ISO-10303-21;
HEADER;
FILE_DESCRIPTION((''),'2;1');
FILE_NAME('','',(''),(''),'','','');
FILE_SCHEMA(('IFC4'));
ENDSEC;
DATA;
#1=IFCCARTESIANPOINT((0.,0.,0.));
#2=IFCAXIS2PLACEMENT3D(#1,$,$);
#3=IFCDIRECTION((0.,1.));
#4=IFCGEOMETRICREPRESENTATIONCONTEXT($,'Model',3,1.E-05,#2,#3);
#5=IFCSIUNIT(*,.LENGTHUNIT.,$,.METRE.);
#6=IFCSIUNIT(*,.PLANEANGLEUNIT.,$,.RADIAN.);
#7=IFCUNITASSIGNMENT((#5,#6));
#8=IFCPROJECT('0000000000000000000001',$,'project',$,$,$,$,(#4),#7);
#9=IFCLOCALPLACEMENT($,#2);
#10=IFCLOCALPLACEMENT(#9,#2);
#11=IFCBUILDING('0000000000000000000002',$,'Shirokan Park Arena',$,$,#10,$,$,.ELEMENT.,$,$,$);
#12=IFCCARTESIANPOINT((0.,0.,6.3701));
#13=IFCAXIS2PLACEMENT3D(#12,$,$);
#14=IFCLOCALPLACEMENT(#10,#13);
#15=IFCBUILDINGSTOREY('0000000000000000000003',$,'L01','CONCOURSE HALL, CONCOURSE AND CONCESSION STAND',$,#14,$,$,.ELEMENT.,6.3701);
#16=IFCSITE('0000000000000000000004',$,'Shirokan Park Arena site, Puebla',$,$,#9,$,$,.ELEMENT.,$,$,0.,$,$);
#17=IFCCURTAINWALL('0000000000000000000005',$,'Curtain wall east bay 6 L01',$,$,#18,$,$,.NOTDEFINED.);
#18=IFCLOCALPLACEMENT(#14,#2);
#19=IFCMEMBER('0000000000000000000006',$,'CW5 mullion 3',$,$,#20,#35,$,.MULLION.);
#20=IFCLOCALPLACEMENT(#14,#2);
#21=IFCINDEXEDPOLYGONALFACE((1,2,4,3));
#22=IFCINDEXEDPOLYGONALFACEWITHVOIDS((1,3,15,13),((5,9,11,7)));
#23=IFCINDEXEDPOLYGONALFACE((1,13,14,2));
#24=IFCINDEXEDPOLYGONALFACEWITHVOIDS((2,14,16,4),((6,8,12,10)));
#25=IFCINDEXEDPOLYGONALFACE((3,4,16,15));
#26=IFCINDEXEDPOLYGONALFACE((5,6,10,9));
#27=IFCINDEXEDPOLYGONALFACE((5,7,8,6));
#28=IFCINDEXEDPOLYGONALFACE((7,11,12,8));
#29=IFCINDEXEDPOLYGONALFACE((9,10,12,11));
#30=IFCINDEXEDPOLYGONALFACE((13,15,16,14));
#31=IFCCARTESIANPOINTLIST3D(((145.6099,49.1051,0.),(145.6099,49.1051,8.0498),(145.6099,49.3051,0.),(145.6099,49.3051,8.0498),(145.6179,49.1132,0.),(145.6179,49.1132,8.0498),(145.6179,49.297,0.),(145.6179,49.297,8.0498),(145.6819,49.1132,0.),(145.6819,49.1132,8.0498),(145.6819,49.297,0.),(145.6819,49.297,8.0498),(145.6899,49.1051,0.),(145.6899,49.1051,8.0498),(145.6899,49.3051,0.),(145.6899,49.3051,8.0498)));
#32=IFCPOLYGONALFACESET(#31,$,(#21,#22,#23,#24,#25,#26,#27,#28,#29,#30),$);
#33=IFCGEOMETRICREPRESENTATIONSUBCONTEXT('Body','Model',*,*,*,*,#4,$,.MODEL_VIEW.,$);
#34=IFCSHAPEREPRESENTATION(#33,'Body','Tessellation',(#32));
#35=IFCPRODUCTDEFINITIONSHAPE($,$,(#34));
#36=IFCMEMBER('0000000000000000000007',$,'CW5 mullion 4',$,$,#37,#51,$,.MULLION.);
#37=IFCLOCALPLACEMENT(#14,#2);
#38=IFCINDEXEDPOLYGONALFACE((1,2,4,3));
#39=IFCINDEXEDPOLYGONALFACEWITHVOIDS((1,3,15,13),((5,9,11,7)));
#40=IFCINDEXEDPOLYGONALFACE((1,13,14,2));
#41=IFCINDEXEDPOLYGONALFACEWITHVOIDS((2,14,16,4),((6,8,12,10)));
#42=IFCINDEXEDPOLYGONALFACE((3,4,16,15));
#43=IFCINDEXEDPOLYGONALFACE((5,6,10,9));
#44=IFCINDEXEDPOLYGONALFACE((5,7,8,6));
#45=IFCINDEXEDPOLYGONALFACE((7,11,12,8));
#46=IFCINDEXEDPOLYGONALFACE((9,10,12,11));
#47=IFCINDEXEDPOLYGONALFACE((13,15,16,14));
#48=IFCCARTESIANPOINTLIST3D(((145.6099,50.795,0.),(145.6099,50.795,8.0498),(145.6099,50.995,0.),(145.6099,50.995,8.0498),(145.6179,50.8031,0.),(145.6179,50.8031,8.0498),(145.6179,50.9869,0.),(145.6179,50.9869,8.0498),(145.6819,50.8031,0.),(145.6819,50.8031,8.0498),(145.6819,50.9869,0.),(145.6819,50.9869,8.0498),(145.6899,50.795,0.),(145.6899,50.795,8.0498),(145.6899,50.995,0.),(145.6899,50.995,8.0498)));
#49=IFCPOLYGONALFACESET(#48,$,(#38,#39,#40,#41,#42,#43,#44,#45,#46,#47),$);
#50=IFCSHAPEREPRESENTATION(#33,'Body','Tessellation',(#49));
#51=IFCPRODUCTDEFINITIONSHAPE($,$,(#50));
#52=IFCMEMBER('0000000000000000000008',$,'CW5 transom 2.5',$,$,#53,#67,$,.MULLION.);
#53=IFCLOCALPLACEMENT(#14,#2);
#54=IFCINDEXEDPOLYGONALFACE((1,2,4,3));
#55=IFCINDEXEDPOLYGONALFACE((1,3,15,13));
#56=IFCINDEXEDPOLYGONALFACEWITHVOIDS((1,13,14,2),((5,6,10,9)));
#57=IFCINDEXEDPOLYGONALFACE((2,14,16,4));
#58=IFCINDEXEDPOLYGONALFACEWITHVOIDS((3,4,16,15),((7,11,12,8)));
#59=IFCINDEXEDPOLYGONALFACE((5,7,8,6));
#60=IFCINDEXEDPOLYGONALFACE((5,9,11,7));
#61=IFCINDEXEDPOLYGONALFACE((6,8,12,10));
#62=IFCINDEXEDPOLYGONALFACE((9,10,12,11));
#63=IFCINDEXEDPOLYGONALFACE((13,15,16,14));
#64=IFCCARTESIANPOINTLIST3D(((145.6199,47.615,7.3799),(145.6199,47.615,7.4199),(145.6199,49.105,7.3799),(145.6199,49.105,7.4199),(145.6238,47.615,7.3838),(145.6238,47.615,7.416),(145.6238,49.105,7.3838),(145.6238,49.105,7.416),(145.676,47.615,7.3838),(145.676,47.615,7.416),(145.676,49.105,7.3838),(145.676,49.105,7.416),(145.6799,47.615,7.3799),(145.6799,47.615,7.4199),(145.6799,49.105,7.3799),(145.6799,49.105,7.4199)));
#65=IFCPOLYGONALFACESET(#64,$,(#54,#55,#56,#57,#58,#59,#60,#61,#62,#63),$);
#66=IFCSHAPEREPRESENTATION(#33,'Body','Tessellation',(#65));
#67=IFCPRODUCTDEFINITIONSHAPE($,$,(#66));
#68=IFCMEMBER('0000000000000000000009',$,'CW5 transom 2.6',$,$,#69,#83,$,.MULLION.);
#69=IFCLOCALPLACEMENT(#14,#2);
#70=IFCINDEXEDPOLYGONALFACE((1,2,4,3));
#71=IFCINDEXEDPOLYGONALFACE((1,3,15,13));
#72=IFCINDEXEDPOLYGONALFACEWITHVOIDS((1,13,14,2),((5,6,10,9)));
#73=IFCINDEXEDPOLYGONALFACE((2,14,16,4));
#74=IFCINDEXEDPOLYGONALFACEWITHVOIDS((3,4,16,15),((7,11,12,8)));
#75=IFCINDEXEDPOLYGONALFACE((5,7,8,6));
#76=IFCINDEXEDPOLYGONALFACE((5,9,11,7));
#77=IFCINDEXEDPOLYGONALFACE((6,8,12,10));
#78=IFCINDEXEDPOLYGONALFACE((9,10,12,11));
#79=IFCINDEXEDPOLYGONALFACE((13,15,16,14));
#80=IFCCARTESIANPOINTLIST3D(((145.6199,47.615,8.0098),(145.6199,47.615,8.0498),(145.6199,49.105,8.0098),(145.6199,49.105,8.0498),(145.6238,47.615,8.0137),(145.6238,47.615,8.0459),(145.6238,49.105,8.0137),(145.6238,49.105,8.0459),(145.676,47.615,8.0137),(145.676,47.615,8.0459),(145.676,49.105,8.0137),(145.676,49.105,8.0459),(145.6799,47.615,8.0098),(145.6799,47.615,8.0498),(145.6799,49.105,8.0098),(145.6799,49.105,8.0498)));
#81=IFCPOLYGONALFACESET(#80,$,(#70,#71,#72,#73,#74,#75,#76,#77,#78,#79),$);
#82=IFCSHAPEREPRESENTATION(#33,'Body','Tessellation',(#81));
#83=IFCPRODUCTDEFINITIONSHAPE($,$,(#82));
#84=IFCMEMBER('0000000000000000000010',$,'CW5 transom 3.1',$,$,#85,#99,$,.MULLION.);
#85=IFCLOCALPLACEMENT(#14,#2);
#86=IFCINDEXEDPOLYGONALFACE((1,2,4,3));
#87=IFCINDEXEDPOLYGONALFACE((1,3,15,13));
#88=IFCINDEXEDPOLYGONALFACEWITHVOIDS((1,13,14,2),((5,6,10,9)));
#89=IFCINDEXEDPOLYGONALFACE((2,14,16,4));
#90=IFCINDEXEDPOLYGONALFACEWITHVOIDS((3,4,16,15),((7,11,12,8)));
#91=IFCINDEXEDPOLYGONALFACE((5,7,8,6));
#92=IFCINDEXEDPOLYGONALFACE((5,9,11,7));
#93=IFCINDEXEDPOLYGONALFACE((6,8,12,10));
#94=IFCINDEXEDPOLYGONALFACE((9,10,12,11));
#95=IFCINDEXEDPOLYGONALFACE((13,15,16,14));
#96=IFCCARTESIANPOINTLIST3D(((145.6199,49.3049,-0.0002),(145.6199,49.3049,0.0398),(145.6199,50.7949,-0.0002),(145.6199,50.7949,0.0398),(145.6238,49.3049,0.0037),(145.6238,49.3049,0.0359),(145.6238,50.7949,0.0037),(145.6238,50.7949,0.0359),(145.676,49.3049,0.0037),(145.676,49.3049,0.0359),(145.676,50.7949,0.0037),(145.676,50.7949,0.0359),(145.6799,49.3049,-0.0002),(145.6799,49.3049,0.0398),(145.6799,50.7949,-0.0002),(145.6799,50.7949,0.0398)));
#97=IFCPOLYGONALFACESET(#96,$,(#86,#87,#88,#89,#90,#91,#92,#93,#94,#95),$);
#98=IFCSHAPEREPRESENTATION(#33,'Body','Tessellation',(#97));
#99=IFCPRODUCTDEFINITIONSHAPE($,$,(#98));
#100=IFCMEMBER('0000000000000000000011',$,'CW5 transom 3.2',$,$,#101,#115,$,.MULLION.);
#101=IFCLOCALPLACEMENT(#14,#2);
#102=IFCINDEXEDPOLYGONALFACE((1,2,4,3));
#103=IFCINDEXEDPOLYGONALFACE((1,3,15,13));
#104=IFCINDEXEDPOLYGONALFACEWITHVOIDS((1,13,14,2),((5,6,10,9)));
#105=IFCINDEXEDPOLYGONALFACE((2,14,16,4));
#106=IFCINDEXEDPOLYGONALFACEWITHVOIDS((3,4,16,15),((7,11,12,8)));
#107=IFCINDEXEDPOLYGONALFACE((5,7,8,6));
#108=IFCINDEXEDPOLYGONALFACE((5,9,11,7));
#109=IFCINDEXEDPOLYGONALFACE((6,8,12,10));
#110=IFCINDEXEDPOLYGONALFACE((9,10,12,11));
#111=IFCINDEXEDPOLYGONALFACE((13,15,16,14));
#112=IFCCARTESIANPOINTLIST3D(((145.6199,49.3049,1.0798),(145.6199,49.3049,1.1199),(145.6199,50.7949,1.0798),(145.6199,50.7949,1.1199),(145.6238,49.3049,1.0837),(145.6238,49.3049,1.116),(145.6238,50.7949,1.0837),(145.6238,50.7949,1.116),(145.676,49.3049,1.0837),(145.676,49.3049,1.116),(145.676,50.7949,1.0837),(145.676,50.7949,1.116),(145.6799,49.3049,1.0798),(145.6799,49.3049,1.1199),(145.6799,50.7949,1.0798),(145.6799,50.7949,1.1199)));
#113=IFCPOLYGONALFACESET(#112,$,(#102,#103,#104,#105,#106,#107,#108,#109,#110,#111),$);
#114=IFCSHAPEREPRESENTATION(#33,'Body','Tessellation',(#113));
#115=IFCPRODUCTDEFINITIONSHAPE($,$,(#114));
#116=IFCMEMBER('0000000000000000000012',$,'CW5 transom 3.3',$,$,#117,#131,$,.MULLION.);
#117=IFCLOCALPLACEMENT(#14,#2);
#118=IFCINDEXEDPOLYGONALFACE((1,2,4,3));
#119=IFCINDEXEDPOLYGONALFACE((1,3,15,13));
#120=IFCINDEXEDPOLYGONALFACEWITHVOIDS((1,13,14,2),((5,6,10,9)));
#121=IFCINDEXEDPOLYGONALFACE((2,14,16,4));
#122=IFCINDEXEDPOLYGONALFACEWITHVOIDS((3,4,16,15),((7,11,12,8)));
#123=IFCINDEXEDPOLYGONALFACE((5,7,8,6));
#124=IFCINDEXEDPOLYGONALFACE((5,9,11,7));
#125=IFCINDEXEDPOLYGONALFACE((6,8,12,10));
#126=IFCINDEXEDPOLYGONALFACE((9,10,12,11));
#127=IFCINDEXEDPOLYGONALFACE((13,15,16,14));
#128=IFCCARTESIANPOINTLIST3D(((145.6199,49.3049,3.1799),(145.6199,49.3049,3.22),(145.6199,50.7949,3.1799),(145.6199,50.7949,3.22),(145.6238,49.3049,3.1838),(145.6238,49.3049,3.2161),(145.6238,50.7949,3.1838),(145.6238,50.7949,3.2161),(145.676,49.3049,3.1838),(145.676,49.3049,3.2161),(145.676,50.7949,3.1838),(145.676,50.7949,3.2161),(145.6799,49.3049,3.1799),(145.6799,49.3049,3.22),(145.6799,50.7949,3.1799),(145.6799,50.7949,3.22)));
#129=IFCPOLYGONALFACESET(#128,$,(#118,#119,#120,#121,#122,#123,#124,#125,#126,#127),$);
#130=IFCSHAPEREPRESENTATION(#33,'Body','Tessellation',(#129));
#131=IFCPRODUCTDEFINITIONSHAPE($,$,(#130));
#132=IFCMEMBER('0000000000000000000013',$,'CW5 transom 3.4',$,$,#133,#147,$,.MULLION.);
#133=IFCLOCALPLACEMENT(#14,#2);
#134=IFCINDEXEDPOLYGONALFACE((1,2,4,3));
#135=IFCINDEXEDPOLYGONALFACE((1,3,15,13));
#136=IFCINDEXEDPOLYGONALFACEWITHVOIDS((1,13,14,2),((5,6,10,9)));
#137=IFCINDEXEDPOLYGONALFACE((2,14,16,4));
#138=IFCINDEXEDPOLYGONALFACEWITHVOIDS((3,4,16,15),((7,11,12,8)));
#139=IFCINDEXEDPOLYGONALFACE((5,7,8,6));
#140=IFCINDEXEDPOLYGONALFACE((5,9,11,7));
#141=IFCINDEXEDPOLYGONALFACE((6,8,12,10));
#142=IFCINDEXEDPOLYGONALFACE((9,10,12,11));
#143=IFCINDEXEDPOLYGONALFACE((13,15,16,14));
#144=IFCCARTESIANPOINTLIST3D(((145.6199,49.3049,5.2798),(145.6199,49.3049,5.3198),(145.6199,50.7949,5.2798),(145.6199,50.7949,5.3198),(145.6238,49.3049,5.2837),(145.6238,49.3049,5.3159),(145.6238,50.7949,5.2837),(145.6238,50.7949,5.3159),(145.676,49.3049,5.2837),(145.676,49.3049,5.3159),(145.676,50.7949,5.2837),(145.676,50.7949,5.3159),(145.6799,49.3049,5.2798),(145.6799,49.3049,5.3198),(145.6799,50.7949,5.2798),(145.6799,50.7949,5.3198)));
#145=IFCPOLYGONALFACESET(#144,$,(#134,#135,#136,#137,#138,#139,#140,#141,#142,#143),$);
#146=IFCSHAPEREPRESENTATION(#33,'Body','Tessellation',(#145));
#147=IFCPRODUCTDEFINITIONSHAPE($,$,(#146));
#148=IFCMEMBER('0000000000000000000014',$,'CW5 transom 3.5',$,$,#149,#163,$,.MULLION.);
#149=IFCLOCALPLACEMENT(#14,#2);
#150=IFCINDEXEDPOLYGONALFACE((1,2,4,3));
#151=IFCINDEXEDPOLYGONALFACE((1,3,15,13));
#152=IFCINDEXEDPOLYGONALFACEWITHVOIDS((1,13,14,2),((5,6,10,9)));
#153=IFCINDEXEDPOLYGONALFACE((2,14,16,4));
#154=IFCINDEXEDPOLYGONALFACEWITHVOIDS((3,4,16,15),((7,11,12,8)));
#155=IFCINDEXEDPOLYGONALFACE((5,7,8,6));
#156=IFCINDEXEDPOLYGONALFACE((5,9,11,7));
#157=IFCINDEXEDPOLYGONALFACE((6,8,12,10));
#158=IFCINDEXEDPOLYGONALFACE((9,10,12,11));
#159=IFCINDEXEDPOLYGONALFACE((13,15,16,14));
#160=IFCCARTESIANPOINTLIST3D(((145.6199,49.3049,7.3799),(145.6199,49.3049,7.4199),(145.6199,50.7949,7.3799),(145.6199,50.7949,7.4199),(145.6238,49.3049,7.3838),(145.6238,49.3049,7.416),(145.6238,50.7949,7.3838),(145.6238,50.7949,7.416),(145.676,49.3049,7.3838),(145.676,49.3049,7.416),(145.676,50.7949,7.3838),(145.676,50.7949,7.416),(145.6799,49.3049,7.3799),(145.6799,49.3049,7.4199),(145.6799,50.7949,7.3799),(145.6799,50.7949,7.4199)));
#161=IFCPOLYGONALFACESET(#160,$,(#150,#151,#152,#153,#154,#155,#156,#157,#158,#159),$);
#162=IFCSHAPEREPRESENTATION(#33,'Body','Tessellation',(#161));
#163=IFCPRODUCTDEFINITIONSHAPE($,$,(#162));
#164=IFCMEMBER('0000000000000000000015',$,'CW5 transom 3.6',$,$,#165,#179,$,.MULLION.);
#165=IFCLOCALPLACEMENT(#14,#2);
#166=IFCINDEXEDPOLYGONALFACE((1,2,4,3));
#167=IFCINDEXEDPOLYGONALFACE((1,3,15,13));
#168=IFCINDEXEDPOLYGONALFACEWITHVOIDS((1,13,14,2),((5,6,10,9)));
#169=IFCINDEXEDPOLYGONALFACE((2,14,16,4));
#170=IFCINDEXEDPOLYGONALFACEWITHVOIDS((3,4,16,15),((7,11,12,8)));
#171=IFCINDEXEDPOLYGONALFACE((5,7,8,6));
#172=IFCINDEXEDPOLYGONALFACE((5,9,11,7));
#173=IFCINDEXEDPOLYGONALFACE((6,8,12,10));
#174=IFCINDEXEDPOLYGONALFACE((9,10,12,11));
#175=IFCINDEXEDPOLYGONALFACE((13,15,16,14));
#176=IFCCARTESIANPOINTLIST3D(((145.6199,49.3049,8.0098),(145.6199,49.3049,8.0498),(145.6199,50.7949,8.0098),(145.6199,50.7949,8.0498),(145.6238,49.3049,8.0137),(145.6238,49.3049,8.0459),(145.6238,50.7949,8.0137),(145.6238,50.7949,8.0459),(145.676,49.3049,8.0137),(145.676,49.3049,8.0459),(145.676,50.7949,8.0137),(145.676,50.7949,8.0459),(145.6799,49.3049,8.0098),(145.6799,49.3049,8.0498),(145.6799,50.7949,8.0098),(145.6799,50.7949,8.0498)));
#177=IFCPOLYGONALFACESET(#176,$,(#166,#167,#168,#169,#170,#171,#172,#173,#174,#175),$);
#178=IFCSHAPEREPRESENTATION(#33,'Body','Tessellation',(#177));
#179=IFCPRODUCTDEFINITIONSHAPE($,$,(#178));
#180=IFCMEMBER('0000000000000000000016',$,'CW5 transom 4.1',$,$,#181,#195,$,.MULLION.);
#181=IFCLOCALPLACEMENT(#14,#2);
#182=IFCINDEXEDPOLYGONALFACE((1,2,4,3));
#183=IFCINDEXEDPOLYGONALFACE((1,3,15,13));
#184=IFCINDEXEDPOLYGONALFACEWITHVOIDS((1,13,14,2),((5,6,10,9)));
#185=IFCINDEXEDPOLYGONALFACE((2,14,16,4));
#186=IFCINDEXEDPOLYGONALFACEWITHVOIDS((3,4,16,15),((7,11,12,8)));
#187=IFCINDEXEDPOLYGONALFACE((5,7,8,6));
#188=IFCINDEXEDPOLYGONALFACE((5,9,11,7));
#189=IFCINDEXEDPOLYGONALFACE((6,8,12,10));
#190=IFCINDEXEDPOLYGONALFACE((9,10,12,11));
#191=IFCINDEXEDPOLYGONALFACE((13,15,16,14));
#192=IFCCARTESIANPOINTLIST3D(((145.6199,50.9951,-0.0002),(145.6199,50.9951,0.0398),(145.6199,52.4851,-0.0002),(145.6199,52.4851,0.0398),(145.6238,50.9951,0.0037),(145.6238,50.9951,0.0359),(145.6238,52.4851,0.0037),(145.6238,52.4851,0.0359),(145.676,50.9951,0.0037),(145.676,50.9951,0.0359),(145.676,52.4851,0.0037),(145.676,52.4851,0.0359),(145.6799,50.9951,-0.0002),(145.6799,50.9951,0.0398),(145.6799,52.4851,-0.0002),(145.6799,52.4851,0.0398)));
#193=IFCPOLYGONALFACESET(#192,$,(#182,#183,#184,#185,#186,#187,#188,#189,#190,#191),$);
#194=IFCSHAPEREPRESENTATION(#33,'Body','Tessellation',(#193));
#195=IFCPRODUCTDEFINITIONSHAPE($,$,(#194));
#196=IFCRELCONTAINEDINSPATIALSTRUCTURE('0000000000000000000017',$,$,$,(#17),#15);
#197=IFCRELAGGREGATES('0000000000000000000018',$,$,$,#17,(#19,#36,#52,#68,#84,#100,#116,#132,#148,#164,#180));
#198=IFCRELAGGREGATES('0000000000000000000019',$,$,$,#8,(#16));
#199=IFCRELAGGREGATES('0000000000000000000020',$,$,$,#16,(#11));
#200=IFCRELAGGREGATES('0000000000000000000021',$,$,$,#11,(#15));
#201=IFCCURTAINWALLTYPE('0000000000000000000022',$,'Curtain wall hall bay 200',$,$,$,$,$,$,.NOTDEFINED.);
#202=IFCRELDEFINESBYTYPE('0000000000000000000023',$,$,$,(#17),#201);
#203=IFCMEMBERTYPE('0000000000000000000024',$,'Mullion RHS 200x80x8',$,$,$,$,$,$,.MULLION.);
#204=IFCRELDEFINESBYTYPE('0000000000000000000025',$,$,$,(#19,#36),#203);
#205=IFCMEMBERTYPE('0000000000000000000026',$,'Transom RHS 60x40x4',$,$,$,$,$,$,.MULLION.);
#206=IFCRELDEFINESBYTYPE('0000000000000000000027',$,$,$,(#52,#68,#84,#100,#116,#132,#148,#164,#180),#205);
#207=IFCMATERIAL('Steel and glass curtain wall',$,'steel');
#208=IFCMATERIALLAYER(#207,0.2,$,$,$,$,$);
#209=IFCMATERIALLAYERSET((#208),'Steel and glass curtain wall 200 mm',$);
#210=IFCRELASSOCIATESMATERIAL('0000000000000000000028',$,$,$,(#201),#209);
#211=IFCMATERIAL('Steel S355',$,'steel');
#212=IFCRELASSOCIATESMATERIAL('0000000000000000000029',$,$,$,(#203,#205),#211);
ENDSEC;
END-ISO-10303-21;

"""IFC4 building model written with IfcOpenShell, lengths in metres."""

from ifc_helpers import new_model, si_unit, direction, frame, origin, origin_2d, place, context, subcontext, project, spatial, hollow_rectangle, extrude, material, layer, layer_set, material_profile, profile_set, type_object, element, aggregate, save


model = new_model("IFC4")

# Units and contexts
model_context = context("Model", 3, precision=1e-05, world=origin(), true_north=direction((0.0, 1.0)))
body_context = subcontext(model_context, "Body", "Model", "MODEL_VIEW")
ifc_project = project(units=[si_unit("LENGTHUNIT", "METRE"), si_unit("PLANEANGLEUNIT", "RADIAN")], contexts=[model_context])

# Site, building, storey
site_placement = place(None, origin())
site = spatial("IfcSite", under=ifc_project, at=site_placement, Name="Shirokan Park Arena site, Puebla", CompositionType="ELEMENT", RefElevation=0.0)
building_placement = place(site_placement, origin())
building = spatial("IfcBuilding", under=site, at=building_placement, Name="Shirokan Park Arena", CompositionType="ELEMENT")
storey_placement = place(building_placement, frame((0.0, 0.0, 6.3701)))
storey = spatial("IfcBuildingStorey", under=building, at=storey_placement, Name="L01", Description="CONCOURSE HALL, CONCOURSE AND CONCESSION STAND", CompositionType="ELEMENT", Elevation=6.3701)

# Curtain wall, members
ifc_material_1 = material(Name="Steel and glass curtain wall", Category="steel")
ifc_layer_1 = layer(ifc_material_1, 0.2)
ifc_layer_set_1 = layer_set([ifc_layer_1], Name="Steel and glass curtain wall 200 mm")
curtain_wall_type = type_object("IfcCurtainWallType", Name="Curtain wall hall bay 200", PredefinedType="NOTDEFINED", material=ifc_layer_set_1)
curtain_wall_placement = place(storey_placement, origin())
curtain_wall = element("IfcCurtainWall", 1, at=curtain_wall_placement, inside=storey, type_object=curtain_wall_type, Name="Curtain wall east bay 6 L01", PredefinedType="NOTDEFINED")
ifc_material_2 = material(Name="Steel S355", Category="steel")
ifc_material_profile_1 = material_profile(ifc_material_2, hollow_rectangle(XDim=0.0801, YDim=0.2, WallThickness=0.0081, at=origin_2d()), Name="RHS 200x80x8")
ifc_profile_set_1 = profile_set([ifc_material_profile_1], Name="Steel S355")
member_type_1 = type_object("IfcMemberType", Name="Mullion RHS 200x80x8", PredefinedType="MULLION", material=ifc_profile_set_1)
member_1_placement = place(storey_placement, frame((145.6499, 49.2051, 0.0), z_axis=(0.0, 0.0, 1.0), x_axis=(-1.0, 0.0, 0.0)))
member_1 = element("IfcMember", 2, at=member_1_placement, type_object=member_type_1, Name="CW5 mullion 3", PredefinedType="MULLION", context=body_context, shape_type="SweptSolid", body=[
    extrude(hollow_rectangle(XDim=0.0801, YDim=0.2, WallThickness=0.0081, at=origin_2d()), origin(), (0.0, 0.0, 1.0), 8.0498),
])
member_2_placement = place(storey_placement, frame((145.6499, 50.895, 0.0), z_axis=(0.0, 0.0, 1.0), x_axis=(-1.0, 0.0, 0.0)))
member_2 = element("IfcMember", 3, at=member_2_placement, type_object=member_type_1, Name="CW5 mullion 4", PredefinedType="MULLION", context=body_context, shape_type="SweptSolid", body=[
    extrude(hollow_rectangle(XDim=0.0801, YDim=0.2, WallThickness=0.0081, at=origin_2d()), origin(), (0.0, 0.0, 1.0), 8.0498),
])
ifc_material_profile_2 = material_profile(ifc_material_2, hollow_rectangle(XDim=0.0601, YDim=0.04, WallThickness=0.0039, at=origin_2d()), Name="RHS 60x40x4")
ifc_profile_set_2 = profile_set([ifc_material_profile_2], Name="Steel S355")
member_type_2 = type_object("IfcMemberType", Name="Transom RHS 60x40x4", PredefinedType="MULLION", material=ifc_profile_set_2)
member_3_placement = place(storey_placement, frame((145.6499, 47.615, 7.3999), z_axis=(0.0, 1.0, 0.0), x_axis=(-1.0, 0.0, 0.0)))
member_3 = element("IfcMember", 4, at=member_3_placement, type_object=member_type_2, Name="CW5 transom 2.5", PredefinedType="MULLION", context=body_context, shape_type="SweptSolid", body=[
    extrude(hollow_rectangle(XDim=0.0601, YDim=0.04, WallThickness=0.0039, at=origin_2d()), origin(), (0.0, 0.0, 1.0), 1.49),
])
member_4_placement = place(storey_placement, frame((145.6499, 47.615, 8.0298), z_axis=(0.0, 1.0, 0.0), x_axis=(-1.0, 0.0, 0.0)))
member_4 = element("IfcMember", 5, at=member_4_placement, type_object=member_type_2, Name="CW5 transom 2.6", PredefinedType="MULLION", context=body_context, shape_type="SweptSolid", body=[
    extrude(hollow_rectangle(XDim=0.0601, YDim=0.04, WallThickness=0.0039, at=origin_2d()), origin(), (0.0, 0.0, 1.0), 1.49),
])
member_5_placement = place(storey_placement, frame((145.6499, 49.3049, 0.0198), z_axis=(0.0, 1.0, 0.0), x_axis=(-1.0, 0.0, 0.0)))
member_5 = element("IfcMember", 6, at=member_5_placement, type_object=member_type_2, Name="CW5 transom 3.1", PredefinedType="MULLION", context=body_context, shape_type="SweptSolid", body=[
    extrude(hollow_rectangle(XDim=0.0601, YDim=0.04, WallThickness=0.0039, at=origin_2d()), origin(), (0.0, 0.0, 1.0), 1.49),
])
member_6_placement = place(storey_placement, frame((145.6499, 49.3049, 1.0999), z_axis=(0.0, 1.0, 0.0), x_axis=(-1.0, 0.0, 0.0)))
member_6 = element("IfcMember", 7, at=member_6_placement, type_object=member_type_2, Name="CW5 transom 3.2", PredefinedType="MULLION", context=body_context, shape_type="SweptSolid", body=[
    extrude(hollow_rectangle(XDim=0.0601, YDim=0.04, WallThickness=0.0039, at=origin_2d()), origin(), (0.0, 0.0, 1.0), 1.49),
])
member_7_placement = place(storey_placement, frame((145.6499, 49.3049, 3.2), z_axis=(0.0, 1.0, 0.0), x_axis=(-1.0, 0.0, 0.0)))
member_7 = element("IfcMember", 8, at=member_7_placement, type_object=member_type_2, Name="CW5 transom 3.3", PredefinedType="MULLION", context=body_context, shape_type="SweptSolid", body=[
    extrude(hollow_rectangle(XDim=0.0601, YDim=0.04, WallThickness=0.0039, at=origin_2d()), origin(), (0.0, 0.0, 1.0), 1.49),
])
member_8_placement = place(storey_placement, frame((145.6499, 49.3049, 5.2998), z_axis=(0.0, 1.0, 0.0), x_axis=(-1.0, 0.0, 0.0)))
member_8 = element("IfcMember", 9, at=member_8_placement, type_object=member_type_2, Name="CW5 transom 3.4", PredefinedType="MULLION", context=body_context, shape_type="SweptSolid", body=[
    extrude(hollow_rectangle(XDim=0.0601, YDim=0.04, WallThickness=0.0039, at=origin_2d()), origin(), (0.0, 0.0, 1.0), 1.49),
])
member_9_placement = place(storey_placement, frame((145.6499, 49.3049, 7.3999), z_axis=(0.0, 1.0, 0.0), x_axis=(-1.0, 0.0, 0.0)))
member_9 = element("IfcMember", 10, at=member_9_placement, type_object=member_type_2, Name="CW5 transom 3.5", PredefinedType="MULLION", context=body_context, shape_type="SweptSolid", body=[
    extrude(hollow_rectangle(XDim=0.0601, YDim=0.04, WallThickness=0.0039, at=origin_2d()), origin(), (0.0, 0.0, 1.0), 1.49),
])
member_10_placement = place(storey_placement, frame((145.6499, 49.3049, 8.0298), z_axis=(0.0, 1.0, 0.0), x_axis=(-1.0, 0.0, 0.0)))
member_10 = element("IfcMember", 11, at=member_10_placement, type_object=member_type_2, Name="CW5 transom 3.6", PredefinedType="MULLION", context=body_context, shape_type="SweptSolid", body=[
    extrude(hollow_rectangle(XDim=0.0601, YDim=0.04, WallThickness=0.0039, at=origin_2d()), origin(), (0.0, 0.0, 1.0), 1.49),
])
member_11_placement = place(storey_placement, frame((145.6499, 50.9951, 0.0198), z_axis=(0.0, 1.0, 0.0), x_axis=(-1.0, 0.0, 0.0)))
member_11 = element("IfcMember", 12, at=member_11_placement, type_object=member_type_2, Name="CW5 transom 4.1", PredefinedType="MULLION", context=body_context, shape_type="SweptSolid", body=[
    extrude(hollow_rectangle(XDim=0.0601, YDim=0.04, WallThickness=0.0039, at=origin_2d()), origin(), (0.0, 0.0, 1.0), 1.49),
])
aggregate(curtain_wall, [member_1, member_2, member_3, member_4, member_5, member_6, member_7, member_8, member_9, member_10, member_11])

save(model, "model.ifc")
